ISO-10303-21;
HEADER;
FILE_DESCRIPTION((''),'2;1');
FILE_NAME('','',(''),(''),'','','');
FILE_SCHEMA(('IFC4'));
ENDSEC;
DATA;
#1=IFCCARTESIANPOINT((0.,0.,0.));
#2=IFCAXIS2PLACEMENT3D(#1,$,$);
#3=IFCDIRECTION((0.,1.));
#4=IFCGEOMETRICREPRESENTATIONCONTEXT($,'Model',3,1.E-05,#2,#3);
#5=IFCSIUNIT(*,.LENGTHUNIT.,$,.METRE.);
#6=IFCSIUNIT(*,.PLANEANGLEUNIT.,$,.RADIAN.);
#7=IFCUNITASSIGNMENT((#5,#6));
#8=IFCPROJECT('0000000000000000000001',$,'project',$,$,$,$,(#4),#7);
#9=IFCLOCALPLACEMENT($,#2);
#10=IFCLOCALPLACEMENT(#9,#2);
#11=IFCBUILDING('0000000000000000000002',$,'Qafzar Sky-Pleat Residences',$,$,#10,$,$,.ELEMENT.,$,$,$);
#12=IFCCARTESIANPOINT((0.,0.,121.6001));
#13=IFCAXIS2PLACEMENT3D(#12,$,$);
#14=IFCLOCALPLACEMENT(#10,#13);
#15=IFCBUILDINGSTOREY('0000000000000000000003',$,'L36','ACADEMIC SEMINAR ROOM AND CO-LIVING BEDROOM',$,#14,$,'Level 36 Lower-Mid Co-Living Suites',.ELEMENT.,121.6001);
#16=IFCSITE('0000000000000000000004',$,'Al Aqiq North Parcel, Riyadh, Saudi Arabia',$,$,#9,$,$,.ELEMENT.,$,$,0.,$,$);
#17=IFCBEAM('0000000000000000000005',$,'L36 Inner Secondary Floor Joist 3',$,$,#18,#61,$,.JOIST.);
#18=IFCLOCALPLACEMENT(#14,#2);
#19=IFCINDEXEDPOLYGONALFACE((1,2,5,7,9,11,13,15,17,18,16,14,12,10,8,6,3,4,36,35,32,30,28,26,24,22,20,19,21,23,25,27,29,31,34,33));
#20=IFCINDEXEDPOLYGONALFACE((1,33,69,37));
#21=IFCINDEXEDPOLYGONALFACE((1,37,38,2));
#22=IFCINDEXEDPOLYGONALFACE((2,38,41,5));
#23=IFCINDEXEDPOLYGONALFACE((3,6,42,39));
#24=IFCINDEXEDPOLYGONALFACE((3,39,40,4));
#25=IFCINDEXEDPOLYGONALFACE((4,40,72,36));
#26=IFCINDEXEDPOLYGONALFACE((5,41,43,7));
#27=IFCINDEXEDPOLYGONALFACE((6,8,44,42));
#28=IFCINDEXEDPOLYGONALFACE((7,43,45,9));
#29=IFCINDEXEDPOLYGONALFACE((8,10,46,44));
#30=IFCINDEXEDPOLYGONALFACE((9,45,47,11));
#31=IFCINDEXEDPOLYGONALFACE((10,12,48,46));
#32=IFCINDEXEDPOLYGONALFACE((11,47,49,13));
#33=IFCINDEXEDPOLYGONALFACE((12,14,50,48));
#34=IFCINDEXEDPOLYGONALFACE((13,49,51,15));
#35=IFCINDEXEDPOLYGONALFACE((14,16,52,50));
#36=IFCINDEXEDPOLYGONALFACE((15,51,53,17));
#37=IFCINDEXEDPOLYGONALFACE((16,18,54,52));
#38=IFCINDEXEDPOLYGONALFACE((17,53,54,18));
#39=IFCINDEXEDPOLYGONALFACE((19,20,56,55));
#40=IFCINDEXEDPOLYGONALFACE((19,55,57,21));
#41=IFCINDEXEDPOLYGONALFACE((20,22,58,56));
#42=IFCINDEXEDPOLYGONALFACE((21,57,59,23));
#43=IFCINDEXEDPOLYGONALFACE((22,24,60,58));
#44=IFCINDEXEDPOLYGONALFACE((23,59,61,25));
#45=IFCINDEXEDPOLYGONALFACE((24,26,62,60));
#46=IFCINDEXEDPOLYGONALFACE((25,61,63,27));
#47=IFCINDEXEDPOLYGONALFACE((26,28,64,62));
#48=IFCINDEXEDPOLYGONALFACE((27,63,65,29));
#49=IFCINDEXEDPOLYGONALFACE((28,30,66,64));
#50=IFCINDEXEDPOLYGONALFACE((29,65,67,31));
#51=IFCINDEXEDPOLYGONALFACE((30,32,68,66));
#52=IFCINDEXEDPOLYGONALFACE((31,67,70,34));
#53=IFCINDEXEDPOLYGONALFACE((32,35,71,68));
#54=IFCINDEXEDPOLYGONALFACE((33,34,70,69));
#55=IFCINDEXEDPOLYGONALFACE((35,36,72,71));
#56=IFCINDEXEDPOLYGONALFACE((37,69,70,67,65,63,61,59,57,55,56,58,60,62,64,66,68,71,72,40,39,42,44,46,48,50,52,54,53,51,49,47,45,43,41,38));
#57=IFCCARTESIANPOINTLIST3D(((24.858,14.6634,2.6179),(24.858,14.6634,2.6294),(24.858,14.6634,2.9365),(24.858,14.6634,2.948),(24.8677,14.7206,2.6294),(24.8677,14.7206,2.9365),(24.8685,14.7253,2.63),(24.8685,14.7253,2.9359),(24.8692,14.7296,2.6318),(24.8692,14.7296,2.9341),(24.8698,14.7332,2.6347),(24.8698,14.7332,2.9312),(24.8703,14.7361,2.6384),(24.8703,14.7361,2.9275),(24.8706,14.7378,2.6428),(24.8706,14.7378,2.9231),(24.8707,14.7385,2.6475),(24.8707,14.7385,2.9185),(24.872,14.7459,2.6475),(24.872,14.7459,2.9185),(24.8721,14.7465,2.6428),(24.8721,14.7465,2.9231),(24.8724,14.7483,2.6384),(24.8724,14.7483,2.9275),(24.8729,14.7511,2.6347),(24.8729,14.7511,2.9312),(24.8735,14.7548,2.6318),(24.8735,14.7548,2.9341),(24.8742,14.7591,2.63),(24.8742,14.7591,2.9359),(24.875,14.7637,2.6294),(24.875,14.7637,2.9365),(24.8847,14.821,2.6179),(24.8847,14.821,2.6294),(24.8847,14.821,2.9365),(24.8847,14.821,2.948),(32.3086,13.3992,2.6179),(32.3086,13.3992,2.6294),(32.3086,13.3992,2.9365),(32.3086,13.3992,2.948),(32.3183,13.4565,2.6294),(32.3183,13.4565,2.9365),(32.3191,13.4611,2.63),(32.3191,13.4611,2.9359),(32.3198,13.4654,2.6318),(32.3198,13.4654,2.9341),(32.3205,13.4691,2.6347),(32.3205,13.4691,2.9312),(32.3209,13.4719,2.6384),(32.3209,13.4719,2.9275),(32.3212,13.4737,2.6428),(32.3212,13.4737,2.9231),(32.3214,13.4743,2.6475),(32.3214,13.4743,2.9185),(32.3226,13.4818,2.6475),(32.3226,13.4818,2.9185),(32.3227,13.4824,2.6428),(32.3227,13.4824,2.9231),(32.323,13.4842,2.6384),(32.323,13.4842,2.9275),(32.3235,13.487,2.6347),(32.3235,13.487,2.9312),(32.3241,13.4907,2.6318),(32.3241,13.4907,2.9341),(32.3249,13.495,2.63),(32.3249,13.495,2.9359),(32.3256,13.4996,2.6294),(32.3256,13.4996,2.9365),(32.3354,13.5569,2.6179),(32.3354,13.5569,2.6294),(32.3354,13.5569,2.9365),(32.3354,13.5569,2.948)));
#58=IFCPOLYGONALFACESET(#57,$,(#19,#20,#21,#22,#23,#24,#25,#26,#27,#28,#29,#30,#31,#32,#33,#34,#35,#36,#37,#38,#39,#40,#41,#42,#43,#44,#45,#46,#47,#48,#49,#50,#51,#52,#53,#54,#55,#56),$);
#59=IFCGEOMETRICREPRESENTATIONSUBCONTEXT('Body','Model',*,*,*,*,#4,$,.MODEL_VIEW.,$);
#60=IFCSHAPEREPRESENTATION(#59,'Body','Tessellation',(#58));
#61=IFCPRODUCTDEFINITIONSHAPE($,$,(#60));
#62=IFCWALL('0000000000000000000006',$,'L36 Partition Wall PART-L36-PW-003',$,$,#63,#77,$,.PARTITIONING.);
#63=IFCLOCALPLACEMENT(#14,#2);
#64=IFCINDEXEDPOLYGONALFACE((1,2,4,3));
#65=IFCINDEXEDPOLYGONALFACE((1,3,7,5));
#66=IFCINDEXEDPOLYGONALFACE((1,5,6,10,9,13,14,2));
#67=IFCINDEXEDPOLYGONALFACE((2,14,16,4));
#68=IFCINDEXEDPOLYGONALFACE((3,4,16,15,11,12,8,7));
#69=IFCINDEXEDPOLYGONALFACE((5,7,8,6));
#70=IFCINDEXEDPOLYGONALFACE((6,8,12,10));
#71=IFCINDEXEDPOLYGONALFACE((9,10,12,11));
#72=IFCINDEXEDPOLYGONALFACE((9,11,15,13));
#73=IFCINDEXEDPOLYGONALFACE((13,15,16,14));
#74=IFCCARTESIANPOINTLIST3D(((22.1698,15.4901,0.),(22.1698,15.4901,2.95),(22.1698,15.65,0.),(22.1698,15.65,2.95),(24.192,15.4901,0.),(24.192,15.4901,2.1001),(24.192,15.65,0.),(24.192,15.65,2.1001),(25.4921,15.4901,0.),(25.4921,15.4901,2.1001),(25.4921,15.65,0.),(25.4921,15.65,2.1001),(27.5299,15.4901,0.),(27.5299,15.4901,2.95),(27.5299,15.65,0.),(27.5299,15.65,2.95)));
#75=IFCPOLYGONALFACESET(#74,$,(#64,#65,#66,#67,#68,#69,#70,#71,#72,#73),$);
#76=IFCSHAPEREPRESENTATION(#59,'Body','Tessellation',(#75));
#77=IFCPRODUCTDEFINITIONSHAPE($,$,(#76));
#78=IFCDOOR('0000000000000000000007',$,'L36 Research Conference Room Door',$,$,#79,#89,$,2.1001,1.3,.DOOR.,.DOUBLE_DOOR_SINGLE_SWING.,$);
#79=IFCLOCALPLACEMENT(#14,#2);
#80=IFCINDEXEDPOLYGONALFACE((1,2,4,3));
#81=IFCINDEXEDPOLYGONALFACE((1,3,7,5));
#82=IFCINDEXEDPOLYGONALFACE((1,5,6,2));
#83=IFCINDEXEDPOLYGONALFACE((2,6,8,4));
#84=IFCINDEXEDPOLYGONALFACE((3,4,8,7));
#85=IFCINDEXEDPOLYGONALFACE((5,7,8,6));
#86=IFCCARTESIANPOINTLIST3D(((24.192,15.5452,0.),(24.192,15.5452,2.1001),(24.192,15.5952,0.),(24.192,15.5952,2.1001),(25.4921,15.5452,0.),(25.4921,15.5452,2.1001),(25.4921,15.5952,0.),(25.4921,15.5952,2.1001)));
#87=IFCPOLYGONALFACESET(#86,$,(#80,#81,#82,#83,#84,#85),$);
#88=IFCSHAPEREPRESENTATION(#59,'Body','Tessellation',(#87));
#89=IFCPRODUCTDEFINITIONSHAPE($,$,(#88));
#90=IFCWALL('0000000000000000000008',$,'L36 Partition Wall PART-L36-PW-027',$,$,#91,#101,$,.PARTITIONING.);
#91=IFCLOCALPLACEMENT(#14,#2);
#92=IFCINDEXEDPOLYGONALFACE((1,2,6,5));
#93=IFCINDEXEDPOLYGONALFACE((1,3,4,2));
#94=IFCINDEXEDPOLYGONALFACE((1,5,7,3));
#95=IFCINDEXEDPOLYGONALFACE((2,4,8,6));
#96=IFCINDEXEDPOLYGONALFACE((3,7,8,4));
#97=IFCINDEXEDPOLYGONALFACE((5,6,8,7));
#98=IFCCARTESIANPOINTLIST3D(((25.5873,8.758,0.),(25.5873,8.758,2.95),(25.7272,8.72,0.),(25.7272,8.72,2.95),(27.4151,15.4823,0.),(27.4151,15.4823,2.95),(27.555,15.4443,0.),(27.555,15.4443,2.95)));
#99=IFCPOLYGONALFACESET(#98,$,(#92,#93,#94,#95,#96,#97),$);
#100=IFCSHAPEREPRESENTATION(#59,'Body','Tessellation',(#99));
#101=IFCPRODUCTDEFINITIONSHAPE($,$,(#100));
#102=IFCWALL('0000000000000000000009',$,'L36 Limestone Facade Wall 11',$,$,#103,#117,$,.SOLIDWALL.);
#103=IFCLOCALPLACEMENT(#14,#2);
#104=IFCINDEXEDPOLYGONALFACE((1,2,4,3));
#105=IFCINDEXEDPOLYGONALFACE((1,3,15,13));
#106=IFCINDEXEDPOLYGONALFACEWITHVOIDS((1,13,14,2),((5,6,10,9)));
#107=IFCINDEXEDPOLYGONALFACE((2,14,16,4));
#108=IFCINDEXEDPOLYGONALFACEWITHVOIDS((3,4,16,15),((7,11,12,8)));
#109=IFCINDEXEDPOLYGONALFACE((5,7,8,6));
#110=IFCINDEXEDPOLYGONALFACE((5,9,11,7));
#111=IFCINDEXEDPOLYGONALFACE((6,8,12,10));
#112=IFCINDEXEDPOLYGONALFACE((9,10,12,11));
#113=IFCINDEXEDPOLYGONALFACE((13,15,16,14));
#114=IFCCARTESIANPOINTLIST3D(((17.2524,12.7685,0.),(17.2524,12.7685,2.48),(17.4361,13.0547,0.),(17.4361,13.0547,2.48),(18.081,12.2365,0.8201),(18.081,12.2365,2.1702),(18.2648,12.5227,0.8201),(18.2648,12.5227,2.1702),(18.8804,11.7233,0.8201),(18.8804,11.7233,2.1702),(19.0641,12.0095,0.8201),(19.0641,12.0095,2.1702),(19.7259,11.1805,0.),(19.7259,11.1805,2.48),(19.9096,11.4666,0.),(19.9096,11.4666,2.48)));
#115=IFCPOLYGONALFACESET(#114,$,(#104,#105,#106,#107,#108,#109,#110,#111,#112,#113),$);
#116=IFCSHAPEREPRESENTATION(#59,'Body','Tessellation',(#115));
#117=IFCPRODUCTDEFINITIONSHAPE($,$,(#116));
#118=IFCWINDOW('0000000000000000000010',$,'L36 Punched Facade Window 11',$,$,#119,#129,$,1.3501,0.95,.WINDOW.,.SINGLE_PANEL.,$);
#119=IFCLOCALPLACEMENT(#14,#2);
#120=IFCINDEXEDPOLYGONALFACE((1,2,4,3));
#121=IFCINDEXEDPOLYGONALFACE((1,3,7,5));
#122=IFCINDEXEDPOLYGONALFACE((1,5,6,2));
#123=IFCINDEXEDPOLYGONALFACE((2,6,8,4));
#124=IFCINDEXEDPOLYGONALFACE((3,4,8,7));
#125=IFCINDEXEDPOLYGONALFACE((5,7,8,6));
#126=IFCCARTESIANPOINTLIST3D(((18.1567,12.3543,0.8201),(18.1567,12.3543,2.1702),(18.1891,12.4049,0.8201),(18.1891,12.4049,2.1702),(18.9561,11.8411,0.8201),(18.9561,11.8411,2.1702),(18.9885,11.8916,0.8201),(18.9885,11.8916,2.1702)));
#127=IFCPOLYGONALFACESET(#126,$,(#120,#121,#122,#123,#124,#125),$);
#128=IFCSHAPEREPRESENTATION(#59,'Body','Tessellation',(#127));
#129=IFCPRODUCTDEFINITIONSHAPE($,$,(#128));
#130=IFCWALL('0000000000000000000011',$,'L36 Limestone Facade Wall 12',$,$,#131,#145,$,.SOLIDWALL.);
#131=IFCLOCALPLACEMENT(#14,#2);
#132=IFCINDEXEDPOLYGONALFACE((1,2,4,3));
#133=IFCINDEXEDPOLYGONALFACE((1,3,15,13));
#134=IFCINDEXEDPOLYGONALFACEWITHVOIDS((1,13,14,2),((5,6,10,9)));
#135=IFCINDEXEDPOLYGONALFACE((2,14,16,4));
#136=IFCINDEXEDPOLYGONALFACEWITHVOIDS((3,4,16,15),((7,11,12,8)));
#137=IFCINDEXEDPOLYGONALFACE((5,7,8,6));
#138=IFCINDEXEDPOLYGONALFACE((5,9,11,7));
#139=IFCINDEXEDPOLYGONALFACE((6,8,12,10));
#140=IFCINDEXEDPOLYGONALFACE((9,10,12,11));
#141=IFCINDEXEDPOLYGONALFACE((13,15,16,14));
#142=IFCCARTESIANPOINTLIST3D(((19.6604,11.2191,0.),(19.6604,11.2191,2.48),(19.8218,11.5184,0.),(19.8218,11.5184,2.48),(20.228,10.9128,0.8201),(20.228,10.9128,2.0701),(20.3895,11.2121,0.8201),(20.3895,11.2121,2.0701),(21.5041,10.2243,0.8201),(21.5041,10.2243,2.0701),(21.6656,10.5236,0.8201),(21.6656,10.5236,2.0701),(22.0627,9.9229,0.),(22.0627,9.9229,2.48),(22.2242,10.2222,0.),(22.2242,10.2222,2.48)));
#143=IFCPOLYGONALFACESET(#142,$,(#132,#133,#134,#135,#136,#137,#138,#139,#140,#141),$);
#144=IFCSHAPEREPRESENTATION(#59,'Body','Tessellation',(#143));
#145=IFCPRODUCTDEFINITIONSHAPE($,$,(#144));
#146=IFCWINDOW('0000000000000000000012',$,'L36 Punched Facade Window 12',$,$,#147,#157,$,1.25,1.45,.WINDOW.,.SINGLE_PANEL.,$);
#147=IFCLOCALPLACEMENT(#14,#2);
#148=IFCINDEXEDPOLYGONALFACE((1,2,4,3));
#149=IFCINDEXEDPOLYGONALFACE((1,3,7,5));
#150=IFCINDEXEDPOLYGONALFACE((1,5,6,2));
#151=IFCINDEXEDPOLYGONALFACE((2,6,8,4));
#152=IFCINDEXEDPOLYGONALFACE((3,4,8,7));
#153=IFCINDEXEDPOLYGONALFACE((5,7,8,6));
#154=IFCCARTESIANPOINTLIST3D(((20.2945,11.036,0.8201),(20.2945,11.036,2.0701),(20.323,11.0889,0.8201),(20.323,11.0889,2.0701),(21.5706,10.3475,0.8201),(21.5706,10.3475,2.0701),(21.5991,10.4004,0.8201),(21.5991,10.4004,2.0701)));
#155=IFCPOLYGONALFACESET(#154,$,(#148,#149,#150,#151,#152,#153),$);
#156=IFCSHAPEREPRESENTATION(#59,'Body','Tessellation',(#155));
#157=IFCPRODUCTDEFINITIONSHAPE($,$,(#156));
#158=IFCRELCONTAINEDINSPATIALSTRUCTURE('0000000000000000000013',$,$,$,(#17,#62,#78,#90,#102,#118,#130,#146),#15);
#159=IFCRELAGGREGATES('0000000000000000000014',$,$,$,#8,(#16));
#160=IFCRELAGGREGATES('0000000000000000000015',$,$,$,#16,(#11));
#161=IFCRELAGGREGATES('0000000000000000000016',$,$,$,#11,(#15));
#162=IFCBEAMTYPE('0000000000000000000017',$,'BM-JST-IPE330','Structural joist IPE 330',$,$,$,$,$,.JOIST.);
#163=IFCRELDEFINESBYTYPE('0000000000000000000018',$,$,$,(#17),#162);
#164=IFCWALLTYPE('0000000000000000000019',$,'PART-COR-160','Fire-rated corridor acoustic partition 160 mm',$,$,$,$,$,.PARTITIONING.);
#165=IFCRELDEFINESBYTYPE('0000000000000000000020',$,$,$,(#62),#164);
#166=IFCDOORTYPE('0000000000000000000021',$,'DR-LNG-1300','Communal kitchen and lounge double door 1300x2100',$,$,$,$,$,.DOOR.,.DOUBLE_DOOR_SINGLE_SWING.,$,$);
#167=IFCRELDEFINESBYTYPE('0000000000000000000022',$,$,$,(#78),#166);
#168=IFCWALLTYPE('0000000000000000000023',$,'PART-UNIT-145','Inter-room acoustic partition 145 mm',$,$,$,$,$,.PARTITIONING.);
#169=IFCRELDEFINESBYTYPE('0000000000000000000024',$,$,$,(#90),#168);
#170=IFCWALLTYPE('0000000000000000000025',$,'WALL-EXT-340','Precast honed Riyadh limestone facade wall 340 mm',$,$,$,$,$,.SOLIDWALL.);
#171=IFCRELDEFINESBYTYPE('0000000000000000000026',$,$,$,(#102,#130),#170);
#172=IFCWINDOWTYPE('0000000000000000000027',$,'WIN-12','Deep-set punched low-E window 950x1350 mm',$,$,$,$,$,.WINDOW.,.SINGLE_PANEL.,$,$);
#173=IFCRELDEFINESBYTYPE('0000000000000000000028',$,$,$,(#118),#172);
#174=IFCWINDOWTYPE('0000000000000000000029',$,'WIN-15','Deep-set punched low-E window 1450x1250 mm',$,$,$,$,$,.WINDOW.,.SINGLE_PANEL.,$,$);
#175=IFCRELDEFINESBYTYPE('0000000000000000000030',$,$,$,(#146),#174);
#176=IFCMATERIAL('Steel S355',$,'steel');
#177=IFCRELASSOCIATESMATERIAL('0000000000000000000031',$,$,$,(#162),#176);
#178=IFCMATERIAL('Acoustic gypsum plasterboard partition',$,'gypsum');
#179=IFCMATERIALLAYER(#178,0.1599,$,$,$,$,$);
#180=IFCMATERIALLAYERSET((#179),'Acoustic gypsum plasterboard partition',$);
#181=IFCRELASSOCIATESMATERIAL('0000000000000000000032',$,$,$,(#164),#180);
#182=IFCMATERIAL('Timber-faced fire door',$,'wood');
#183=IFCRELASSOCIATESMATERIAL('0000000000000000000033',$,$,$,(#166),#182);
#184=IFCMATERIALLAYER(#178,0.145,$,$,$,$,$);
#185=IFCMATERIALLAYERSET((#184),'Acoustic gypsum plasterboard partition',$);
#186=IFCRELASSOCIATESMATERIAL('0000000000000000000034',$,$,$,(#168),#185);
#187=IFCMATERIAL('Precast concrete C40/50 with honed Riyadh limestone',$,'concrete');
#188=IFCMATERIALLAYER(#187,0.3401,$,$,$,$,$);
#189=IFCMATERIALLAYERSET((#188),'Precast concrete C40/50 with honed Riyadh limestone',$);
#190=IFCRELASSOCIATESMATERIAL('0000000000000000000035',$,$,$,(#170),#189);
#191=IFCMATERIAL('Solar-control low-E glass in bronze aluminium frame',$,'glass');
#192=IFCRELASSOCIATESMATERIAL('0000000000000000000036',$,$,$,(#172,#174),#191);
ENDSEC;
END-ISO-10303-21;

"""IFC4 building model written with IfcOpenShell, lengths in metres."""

from ifc_helpers import new_model, si_unit, direction, frame, frame_2d, origin, origin_2d, place, context, subcontext, project, spatial, rectangle, i_section, extrude, source, transform, mapped, material, layer, layer_set, material_profile, profile_set, type_object, element, fill, save


model = new_model("IFC4")

# Units and contexts
model_context = context("Model", 3, precision=1e-05, world=origin(), true_north=direction((0.0, 1.0)))
body_context = subcontext(model_context, "Body", "Model", "MODEL_VIEW")
ifc_project = project(units=[si_unit("LENGTHUNIT", "METRE"), si_unit("PLANEANGLEUNIT", "RADIAN")], contexts=[model_context])

# Site, building, storey
site_placement = place(None, origin())
site = spatial("IfcSite", under=ifc_project, at=site_placement, Name="Al Aqiq North Parcel, Riyadh, Saudi Arabia", CompositionType="ELEMENT", RefElevation=0.0)
building_placement = place(site_placement, origin())
building = spatial("IfcBuilding", under=site, at=building_placement, Name="Qafzar Sky-Pleat Residences", CompositionType="ELEMENT")
storey_placement = place(building_placement, frame((0.0, 0.0, 121.6001)))
storey = spatial("IfcBuildingStorey", under=building, at=storey_placement, Name="L36", Description="ACADEMIC SEMINAR ROOM AND CO-LIVING BEDROOM", LongName="Level 36 Lower-Mid Co-Living Suites", CompositionType="ELEMENT", Elevation=121.6001)

# Beam
ifc_material_1 = material(Name="Steel S355", Category="steel")
ifc_material_profile_1 = material_profile(ifc_material_1, i_section(OverallWidth=0.1599, OverallDepth=0.3301, WebThickness=0.0076, FlangeThickness=0.0115, FilletRadius=0.0181, at=origin_2d()), Name="IPE 330")
ifc_profile_set_1 = profile_set([ifc_material_profile_1], Name="Steel S355")
beam_type_1 = type_object("IfcBeamType", Name="BM-JST-IPE330", Description="Structural joist IPE 330", PredefinedType="JOIST", material=ifc_profile_set_1)
shared_shape_1 = source(origin(), body_context, "Body", "SweptSolid", [
    extrude(i_section(OverallWidth=0.1599, OverallDepth=0.3301, WebThickness=0.0076, FlangeThickness=0.0115, FilletRadius=0.0181, at=origin_2d()), origin(), (0.0, 0.0, 1.0), 7.5571),
])
beam_1_placement = place(storey_placement, frame((24.8713, 14.7422, 2.783), z_axis=(0.985909, -0.16728, 0.0), x_axis=(0.16728, 0.985909, 0.0)))
element("IfcBeam", 1, at=beam_1_placement, inside=storey, type_object=beam_type_1, Name="L36 Inner Secondary Floor Joist 3", PredefinedType="JOIST", context=body_context, shape_type="MappedRepresentation", body=[
    mapped(shared_shape_1, transform((0.0, 0.0, 0.0), x_axis=(1.0, 0.0, 0.0), y_axis=(0.0, 1.0, 0.0), z_axis=(0.0, 0.0, 1.0), scale=1.0)),
])

# Wall, opening, door
ifc_material_2 = material(Name="Acoustic gypsum plasterboard partition", Category="gypsum")
ifc_layer_1 = layer(ifc_material_2, 0.1599)
ifc_layer_set_1 = layer_set([ifc_layer_1], Name="Acoustic gypsum plasterboard partition")
wall_type_1 = type_object("IfcWallType", Name="PART-COR-160", Description="Fire-rated corridor acoustic partition 160 mm", PredefinedType="PARTITIONING", material=ifc_layer_set_1)
wall_1_placement = place(storey_placement, frame((27.53, 15.5701, 0.0), z_axis=(0.0, 0.0, 1.0), x_axis=(-1.0, 0.0, 0.0)))
wall_1 = element("IfcWall", 2, at=wall_1_placement, inside=storey, type_object=wall_type_1, Name="L36 Partition Wall PART-L36-PW-003", PredefinedType="PARTITIONING", context=body_context, shape_type="SweptSolid", body=[
    extrude(rectangle(XDim=5.3601, YDim=0.1599, at=frame_2d((2.6802, 0.0))), origin(), (0.0, 0.0, 1.0), 2.95),
])
opening_1_placement = place(wall_1_placement, frame((2.0381, 0.0, 0.0)))
opening_1 = element("IfcOpeningElement", 3, at=opening_1_placement, cuts=wall_1, PredefinedType="OPENING", context=body_context, shape_type="SweptSolid", body=[
    extrude(rectangle(XDim=1.3, YDim=2.1001, at=frame_2d((0.6499, 1.05))), frame((0.0, 0.0898, 0.0), z_axis=(0.0, -1.0, 0.0), x_axis=(1.0, 0.0, 0.0)), (0.0, 0.0, 1.0), 0.1799),
])
ifc_material_3 = material(Name="Timber-faced fire door", Category="wood")
door_type = type_object("IfcDoorType", Name="DR-LNG-1300", Description="Communal kitchen and lounge double door 1300x2100", OperationType="DOUBLE_DOOR_SINGLE_SWING", PredefinedType="DOOR", material=ifc_material_3)
shared_shape_2 = source(origin(), body_context, "Body", "SweptSolid", [
    extrude(rectangle(XDim=1.3, YDim=2.1001, at=frame_2d((0.6499, 1.05))), frame((0.0, 0.0249, 0.0), z_axis=(0.0, -1.0, 0.0), x_axis=(1.0, 0.0, 0.0)), (0.0, 0.0, 1.0), 0.05),
])
door_placement = place(opening_1_placement, origin())
door = element("IfcDoor", 4, at=door_placement, inside=storey, type_object=door_type, Name="L36 Research Conference Room Door", OperationType="DOUBLE_DOOR_SINGLE_SWING", OverallHeight=2.1001, OverallWidth=1.3, PredefinedType="DOOR", context=body_context, shape_type="MappedRepresentation", body=[
    mapped(shared_shape_2, transform((0.0, 0.0, 0.0), x_axis=(1.0, 0.0, 0.0), y_axis=(0.0, 1.0, 0.0), z_axis=(0.0, 0.0, 1.0), scale=1.0)),
])
fill(opening_1, door)

# Wall
ifc_layer_2 = layer(ifc_material_2, 0.145)
ifc_layer_set_2 = layer_set([ifc_layer_2], Name="Acoustic gypsum plasterboard partition")
wall_type_2 = type_object("IfcWallType", Name="PART-UNIT-145", Description="Inter-room acoustic partition 145 mm", PredefinedType="PARTITIONING", material=ifc_layer_set_2)
wall_2_placement = place(storey_placement, frame((25.6572, 8.739, 0.0), z_axis=(0.0, 0.0, 1.0), x_axis=(0.262311, 0.964983, 0.0)))
element("IfcWall", 5, at=wall_2_placement, inside=storey, type_object=wall_type_2, Name="L36 Partition Wall PART-L36-PW-027", PredefinedType="PARTITIONING", context=body_context, shape_type="SweptSolid", body=[
    extrude(rectangle(XDim=6.9683, YDim=0.145, at=frame_2d((3.4841, 0.0))), origin(), (0.0, 0.0, 1.0), 2.95),
])

# Walls, openings, windows
ifc_material_4 = material(Name="Precast concrete C40/50 with honed Riyadh limestone", Category="concrete")
ifc_layer_3 = layer(ifc_material_4, 0.3401)
ifc_layer_set_3 = layer_set([ifc_layer_3], Name="Precast concrete C40/50 with honed Riyadh limestone")
wall_type_3 = type_object("IfcWallType", Name="WALL-EXT-340", Description="Precast honed Riyadh limestone facade wall 340 mm", PredefinedType="SOLIDWALL", material=ifc_layer_set_3)
wall_3_placement = place(storey_placement, frame((17.3442, 12.9116, 0.0), z_axis=(0.0, 0.0, 1.0), x_axis=(0.841497, -0.540262, 0.0)))
wall_3 = element("IfcWall", 6, at=wall_3_placement, inside=storey, type_object=wall_type_3, Name="L36 Limestone Facade Wall 11", PredefinedType="SOLIDWALL", context=body_context, shape_type="SweptSolid", body=[
    extrude(rectangle(XDim=2.9395, YDim=0.3401, at=frame_2d((1.4697, 0.0))), origin(), (0.0, 0.0, 1.0), 2.48),
])
opening_2_placement = place(wall_3_placement, frame((0.9846, 0.0, 0.8201)))
opening_2 = element("IfcOpeningElement", 7, at=opening_2_placement, cuts=wall_3, PredefinedType="OPENING", context=body_context, shape_type="SweptSolid", body=[
    extrude(rectangle(XDim=0.95, YDim=1.3501, at=frame_2d((0.4751, 0.675))), frame((0.0, 0.1802, 0.0), z_axis=(0.0, -1.0, 0.0), x_axis=(1.0, 0.0, 0.0)), (0.0, 0.0, 1.0), 0.3601),
])
ifc_material_5 = material(Name="Solar-control low-E glass in bronze aluminium frame", Category="glass")
window_type_1 = type_object("IfcWindowType", Name="WIN-12", Description="Deep-set punched low-E window 950x1350 mm", PartitioningType="SINGLE_PANEL", PredefinedType="WINDOW", material=ifc_material_5)
shared_shape_3 = source(origin(), body_context, "Body", "SweptSolid", [
    extrude(rectangle(XDim=0.95, YDim=1.3501, at=frame_2d((0.4751, 0.675))), frame((0.0, 0.03, 0.0), z_axis=(0.0, -1.0, 0.0), x_axis=(1.0, 0.0, 0.0)), (0.0, 0.0, 1.0), 0.0601),
])
window_1_placement = place(opening_2_placement, origin())
window_1 = element("IfcWindow", 8, at=window_1_placement, inside=storey, type_object=window_type_1, Name="L36 Punched Facade Window 11", OverallHeight=1.3501, OverallWidth=0.95, PartitioningType="SINGLE_PANEL", PredefinedType="WINDOW", context=body_context, shape_type="MappedRepresentation", body=[
    mapped(shared_shape_3, transform((0.0, 0.0, 0.0), x_axis=(1.0, 0.0, 0.0), y_axis=(0.0, 1.0, 0.0), z_axis=(0.0, 0.0, 1.0), scale=1.0)),
])
fill(opening_2, window_1)
wall_4_placement = place(storey_placement, frame((19.7412, 11.3687, 0.0), z_axis=(0.0, 0.0, 1.0), x_axis=(0.880077, -0.47483, 0.0)))
wall_4 = element("IfcWall", 9, at=wall_4_placement, inside=storey, type_object=wall_type_3, Name="L36 Limestone Facade Wall 12", PredefinedType="SOLIDWALL", context=body_context, shape_type="SweptSolid", body=[
    extrude(rectangle(XDim=2.7297, YDim=0.3401, at=frame_2d((1.3647, 0.0))), origin(), (0.0, 0.0, 1.0), 2.48),
])
opening_3_placement = place(wall_4_placement, frame((0.6448, 0.0, 0.8201)))
opening_3 = element("IfcOpeningElement", 10, at=opening_3_placement, cuts=wall_4, PredefinedType="OPENING", context=body_context, shape_type="SweptSolid", body=[
    extrude(rectangle(XDim=1.45, YDim=1.25, at=frame_2d((0.7251, 0.625))), frame((0.0, 0.1802, 0.0), z_axis=(0.0, -1.0, 0.0), x_axis=(1.0, 0.0, 0.0)), (0.0, 0.0, 1.0), 0.3601),
])
window_type_2 = type_object("IfcWindowType", Name="WIN-15", Description="Deep-set punched low-E window 1450x1250 mm", PartitioningType="SINGLE_PANEL", PredefinedType="WINDOW", material=ifc_material_5)
shared_shape_4 = source(origin(), body_context, "Body", "SweptSolid", [
    extrude(rectangle(XDim=1.45, YDim=1.25, at=frame_2d((0.7251, 0.625))), frame((0.0, 0.03, 0.0), z_axis=(0.0, -1.0, 0.0), x_axis=(1.0, 0.0, 0.0)), (0.0, 0.0, 1.0), 0.0601),
])
window_2_placement = place(opening_3_placement, origin())
window_2 = element("IfcWindow", 11, at=window_2_placement, inside=storey, type_object=window_type_2, Name="L36 Punched Facade Window 12", OverallHeight=1.25, OverallWidth=1.45, PartitioningType="SINGLE_PANEL", PredefinedType="WINDOW", context=body_context, shape_type="MappedRepresentation", body=[
    mapped(shared_shape_4, transform((0.0, 0.0, 0.0), x_axis=(1.0, 0.0, 0.0), y_axis=(0.0, 1.0, 0.0), z_axis=(0.0, 0.0, 1.0), scale=1.0)),
])
fill(opening_3, window_2)

save(model, "model.ifc")
